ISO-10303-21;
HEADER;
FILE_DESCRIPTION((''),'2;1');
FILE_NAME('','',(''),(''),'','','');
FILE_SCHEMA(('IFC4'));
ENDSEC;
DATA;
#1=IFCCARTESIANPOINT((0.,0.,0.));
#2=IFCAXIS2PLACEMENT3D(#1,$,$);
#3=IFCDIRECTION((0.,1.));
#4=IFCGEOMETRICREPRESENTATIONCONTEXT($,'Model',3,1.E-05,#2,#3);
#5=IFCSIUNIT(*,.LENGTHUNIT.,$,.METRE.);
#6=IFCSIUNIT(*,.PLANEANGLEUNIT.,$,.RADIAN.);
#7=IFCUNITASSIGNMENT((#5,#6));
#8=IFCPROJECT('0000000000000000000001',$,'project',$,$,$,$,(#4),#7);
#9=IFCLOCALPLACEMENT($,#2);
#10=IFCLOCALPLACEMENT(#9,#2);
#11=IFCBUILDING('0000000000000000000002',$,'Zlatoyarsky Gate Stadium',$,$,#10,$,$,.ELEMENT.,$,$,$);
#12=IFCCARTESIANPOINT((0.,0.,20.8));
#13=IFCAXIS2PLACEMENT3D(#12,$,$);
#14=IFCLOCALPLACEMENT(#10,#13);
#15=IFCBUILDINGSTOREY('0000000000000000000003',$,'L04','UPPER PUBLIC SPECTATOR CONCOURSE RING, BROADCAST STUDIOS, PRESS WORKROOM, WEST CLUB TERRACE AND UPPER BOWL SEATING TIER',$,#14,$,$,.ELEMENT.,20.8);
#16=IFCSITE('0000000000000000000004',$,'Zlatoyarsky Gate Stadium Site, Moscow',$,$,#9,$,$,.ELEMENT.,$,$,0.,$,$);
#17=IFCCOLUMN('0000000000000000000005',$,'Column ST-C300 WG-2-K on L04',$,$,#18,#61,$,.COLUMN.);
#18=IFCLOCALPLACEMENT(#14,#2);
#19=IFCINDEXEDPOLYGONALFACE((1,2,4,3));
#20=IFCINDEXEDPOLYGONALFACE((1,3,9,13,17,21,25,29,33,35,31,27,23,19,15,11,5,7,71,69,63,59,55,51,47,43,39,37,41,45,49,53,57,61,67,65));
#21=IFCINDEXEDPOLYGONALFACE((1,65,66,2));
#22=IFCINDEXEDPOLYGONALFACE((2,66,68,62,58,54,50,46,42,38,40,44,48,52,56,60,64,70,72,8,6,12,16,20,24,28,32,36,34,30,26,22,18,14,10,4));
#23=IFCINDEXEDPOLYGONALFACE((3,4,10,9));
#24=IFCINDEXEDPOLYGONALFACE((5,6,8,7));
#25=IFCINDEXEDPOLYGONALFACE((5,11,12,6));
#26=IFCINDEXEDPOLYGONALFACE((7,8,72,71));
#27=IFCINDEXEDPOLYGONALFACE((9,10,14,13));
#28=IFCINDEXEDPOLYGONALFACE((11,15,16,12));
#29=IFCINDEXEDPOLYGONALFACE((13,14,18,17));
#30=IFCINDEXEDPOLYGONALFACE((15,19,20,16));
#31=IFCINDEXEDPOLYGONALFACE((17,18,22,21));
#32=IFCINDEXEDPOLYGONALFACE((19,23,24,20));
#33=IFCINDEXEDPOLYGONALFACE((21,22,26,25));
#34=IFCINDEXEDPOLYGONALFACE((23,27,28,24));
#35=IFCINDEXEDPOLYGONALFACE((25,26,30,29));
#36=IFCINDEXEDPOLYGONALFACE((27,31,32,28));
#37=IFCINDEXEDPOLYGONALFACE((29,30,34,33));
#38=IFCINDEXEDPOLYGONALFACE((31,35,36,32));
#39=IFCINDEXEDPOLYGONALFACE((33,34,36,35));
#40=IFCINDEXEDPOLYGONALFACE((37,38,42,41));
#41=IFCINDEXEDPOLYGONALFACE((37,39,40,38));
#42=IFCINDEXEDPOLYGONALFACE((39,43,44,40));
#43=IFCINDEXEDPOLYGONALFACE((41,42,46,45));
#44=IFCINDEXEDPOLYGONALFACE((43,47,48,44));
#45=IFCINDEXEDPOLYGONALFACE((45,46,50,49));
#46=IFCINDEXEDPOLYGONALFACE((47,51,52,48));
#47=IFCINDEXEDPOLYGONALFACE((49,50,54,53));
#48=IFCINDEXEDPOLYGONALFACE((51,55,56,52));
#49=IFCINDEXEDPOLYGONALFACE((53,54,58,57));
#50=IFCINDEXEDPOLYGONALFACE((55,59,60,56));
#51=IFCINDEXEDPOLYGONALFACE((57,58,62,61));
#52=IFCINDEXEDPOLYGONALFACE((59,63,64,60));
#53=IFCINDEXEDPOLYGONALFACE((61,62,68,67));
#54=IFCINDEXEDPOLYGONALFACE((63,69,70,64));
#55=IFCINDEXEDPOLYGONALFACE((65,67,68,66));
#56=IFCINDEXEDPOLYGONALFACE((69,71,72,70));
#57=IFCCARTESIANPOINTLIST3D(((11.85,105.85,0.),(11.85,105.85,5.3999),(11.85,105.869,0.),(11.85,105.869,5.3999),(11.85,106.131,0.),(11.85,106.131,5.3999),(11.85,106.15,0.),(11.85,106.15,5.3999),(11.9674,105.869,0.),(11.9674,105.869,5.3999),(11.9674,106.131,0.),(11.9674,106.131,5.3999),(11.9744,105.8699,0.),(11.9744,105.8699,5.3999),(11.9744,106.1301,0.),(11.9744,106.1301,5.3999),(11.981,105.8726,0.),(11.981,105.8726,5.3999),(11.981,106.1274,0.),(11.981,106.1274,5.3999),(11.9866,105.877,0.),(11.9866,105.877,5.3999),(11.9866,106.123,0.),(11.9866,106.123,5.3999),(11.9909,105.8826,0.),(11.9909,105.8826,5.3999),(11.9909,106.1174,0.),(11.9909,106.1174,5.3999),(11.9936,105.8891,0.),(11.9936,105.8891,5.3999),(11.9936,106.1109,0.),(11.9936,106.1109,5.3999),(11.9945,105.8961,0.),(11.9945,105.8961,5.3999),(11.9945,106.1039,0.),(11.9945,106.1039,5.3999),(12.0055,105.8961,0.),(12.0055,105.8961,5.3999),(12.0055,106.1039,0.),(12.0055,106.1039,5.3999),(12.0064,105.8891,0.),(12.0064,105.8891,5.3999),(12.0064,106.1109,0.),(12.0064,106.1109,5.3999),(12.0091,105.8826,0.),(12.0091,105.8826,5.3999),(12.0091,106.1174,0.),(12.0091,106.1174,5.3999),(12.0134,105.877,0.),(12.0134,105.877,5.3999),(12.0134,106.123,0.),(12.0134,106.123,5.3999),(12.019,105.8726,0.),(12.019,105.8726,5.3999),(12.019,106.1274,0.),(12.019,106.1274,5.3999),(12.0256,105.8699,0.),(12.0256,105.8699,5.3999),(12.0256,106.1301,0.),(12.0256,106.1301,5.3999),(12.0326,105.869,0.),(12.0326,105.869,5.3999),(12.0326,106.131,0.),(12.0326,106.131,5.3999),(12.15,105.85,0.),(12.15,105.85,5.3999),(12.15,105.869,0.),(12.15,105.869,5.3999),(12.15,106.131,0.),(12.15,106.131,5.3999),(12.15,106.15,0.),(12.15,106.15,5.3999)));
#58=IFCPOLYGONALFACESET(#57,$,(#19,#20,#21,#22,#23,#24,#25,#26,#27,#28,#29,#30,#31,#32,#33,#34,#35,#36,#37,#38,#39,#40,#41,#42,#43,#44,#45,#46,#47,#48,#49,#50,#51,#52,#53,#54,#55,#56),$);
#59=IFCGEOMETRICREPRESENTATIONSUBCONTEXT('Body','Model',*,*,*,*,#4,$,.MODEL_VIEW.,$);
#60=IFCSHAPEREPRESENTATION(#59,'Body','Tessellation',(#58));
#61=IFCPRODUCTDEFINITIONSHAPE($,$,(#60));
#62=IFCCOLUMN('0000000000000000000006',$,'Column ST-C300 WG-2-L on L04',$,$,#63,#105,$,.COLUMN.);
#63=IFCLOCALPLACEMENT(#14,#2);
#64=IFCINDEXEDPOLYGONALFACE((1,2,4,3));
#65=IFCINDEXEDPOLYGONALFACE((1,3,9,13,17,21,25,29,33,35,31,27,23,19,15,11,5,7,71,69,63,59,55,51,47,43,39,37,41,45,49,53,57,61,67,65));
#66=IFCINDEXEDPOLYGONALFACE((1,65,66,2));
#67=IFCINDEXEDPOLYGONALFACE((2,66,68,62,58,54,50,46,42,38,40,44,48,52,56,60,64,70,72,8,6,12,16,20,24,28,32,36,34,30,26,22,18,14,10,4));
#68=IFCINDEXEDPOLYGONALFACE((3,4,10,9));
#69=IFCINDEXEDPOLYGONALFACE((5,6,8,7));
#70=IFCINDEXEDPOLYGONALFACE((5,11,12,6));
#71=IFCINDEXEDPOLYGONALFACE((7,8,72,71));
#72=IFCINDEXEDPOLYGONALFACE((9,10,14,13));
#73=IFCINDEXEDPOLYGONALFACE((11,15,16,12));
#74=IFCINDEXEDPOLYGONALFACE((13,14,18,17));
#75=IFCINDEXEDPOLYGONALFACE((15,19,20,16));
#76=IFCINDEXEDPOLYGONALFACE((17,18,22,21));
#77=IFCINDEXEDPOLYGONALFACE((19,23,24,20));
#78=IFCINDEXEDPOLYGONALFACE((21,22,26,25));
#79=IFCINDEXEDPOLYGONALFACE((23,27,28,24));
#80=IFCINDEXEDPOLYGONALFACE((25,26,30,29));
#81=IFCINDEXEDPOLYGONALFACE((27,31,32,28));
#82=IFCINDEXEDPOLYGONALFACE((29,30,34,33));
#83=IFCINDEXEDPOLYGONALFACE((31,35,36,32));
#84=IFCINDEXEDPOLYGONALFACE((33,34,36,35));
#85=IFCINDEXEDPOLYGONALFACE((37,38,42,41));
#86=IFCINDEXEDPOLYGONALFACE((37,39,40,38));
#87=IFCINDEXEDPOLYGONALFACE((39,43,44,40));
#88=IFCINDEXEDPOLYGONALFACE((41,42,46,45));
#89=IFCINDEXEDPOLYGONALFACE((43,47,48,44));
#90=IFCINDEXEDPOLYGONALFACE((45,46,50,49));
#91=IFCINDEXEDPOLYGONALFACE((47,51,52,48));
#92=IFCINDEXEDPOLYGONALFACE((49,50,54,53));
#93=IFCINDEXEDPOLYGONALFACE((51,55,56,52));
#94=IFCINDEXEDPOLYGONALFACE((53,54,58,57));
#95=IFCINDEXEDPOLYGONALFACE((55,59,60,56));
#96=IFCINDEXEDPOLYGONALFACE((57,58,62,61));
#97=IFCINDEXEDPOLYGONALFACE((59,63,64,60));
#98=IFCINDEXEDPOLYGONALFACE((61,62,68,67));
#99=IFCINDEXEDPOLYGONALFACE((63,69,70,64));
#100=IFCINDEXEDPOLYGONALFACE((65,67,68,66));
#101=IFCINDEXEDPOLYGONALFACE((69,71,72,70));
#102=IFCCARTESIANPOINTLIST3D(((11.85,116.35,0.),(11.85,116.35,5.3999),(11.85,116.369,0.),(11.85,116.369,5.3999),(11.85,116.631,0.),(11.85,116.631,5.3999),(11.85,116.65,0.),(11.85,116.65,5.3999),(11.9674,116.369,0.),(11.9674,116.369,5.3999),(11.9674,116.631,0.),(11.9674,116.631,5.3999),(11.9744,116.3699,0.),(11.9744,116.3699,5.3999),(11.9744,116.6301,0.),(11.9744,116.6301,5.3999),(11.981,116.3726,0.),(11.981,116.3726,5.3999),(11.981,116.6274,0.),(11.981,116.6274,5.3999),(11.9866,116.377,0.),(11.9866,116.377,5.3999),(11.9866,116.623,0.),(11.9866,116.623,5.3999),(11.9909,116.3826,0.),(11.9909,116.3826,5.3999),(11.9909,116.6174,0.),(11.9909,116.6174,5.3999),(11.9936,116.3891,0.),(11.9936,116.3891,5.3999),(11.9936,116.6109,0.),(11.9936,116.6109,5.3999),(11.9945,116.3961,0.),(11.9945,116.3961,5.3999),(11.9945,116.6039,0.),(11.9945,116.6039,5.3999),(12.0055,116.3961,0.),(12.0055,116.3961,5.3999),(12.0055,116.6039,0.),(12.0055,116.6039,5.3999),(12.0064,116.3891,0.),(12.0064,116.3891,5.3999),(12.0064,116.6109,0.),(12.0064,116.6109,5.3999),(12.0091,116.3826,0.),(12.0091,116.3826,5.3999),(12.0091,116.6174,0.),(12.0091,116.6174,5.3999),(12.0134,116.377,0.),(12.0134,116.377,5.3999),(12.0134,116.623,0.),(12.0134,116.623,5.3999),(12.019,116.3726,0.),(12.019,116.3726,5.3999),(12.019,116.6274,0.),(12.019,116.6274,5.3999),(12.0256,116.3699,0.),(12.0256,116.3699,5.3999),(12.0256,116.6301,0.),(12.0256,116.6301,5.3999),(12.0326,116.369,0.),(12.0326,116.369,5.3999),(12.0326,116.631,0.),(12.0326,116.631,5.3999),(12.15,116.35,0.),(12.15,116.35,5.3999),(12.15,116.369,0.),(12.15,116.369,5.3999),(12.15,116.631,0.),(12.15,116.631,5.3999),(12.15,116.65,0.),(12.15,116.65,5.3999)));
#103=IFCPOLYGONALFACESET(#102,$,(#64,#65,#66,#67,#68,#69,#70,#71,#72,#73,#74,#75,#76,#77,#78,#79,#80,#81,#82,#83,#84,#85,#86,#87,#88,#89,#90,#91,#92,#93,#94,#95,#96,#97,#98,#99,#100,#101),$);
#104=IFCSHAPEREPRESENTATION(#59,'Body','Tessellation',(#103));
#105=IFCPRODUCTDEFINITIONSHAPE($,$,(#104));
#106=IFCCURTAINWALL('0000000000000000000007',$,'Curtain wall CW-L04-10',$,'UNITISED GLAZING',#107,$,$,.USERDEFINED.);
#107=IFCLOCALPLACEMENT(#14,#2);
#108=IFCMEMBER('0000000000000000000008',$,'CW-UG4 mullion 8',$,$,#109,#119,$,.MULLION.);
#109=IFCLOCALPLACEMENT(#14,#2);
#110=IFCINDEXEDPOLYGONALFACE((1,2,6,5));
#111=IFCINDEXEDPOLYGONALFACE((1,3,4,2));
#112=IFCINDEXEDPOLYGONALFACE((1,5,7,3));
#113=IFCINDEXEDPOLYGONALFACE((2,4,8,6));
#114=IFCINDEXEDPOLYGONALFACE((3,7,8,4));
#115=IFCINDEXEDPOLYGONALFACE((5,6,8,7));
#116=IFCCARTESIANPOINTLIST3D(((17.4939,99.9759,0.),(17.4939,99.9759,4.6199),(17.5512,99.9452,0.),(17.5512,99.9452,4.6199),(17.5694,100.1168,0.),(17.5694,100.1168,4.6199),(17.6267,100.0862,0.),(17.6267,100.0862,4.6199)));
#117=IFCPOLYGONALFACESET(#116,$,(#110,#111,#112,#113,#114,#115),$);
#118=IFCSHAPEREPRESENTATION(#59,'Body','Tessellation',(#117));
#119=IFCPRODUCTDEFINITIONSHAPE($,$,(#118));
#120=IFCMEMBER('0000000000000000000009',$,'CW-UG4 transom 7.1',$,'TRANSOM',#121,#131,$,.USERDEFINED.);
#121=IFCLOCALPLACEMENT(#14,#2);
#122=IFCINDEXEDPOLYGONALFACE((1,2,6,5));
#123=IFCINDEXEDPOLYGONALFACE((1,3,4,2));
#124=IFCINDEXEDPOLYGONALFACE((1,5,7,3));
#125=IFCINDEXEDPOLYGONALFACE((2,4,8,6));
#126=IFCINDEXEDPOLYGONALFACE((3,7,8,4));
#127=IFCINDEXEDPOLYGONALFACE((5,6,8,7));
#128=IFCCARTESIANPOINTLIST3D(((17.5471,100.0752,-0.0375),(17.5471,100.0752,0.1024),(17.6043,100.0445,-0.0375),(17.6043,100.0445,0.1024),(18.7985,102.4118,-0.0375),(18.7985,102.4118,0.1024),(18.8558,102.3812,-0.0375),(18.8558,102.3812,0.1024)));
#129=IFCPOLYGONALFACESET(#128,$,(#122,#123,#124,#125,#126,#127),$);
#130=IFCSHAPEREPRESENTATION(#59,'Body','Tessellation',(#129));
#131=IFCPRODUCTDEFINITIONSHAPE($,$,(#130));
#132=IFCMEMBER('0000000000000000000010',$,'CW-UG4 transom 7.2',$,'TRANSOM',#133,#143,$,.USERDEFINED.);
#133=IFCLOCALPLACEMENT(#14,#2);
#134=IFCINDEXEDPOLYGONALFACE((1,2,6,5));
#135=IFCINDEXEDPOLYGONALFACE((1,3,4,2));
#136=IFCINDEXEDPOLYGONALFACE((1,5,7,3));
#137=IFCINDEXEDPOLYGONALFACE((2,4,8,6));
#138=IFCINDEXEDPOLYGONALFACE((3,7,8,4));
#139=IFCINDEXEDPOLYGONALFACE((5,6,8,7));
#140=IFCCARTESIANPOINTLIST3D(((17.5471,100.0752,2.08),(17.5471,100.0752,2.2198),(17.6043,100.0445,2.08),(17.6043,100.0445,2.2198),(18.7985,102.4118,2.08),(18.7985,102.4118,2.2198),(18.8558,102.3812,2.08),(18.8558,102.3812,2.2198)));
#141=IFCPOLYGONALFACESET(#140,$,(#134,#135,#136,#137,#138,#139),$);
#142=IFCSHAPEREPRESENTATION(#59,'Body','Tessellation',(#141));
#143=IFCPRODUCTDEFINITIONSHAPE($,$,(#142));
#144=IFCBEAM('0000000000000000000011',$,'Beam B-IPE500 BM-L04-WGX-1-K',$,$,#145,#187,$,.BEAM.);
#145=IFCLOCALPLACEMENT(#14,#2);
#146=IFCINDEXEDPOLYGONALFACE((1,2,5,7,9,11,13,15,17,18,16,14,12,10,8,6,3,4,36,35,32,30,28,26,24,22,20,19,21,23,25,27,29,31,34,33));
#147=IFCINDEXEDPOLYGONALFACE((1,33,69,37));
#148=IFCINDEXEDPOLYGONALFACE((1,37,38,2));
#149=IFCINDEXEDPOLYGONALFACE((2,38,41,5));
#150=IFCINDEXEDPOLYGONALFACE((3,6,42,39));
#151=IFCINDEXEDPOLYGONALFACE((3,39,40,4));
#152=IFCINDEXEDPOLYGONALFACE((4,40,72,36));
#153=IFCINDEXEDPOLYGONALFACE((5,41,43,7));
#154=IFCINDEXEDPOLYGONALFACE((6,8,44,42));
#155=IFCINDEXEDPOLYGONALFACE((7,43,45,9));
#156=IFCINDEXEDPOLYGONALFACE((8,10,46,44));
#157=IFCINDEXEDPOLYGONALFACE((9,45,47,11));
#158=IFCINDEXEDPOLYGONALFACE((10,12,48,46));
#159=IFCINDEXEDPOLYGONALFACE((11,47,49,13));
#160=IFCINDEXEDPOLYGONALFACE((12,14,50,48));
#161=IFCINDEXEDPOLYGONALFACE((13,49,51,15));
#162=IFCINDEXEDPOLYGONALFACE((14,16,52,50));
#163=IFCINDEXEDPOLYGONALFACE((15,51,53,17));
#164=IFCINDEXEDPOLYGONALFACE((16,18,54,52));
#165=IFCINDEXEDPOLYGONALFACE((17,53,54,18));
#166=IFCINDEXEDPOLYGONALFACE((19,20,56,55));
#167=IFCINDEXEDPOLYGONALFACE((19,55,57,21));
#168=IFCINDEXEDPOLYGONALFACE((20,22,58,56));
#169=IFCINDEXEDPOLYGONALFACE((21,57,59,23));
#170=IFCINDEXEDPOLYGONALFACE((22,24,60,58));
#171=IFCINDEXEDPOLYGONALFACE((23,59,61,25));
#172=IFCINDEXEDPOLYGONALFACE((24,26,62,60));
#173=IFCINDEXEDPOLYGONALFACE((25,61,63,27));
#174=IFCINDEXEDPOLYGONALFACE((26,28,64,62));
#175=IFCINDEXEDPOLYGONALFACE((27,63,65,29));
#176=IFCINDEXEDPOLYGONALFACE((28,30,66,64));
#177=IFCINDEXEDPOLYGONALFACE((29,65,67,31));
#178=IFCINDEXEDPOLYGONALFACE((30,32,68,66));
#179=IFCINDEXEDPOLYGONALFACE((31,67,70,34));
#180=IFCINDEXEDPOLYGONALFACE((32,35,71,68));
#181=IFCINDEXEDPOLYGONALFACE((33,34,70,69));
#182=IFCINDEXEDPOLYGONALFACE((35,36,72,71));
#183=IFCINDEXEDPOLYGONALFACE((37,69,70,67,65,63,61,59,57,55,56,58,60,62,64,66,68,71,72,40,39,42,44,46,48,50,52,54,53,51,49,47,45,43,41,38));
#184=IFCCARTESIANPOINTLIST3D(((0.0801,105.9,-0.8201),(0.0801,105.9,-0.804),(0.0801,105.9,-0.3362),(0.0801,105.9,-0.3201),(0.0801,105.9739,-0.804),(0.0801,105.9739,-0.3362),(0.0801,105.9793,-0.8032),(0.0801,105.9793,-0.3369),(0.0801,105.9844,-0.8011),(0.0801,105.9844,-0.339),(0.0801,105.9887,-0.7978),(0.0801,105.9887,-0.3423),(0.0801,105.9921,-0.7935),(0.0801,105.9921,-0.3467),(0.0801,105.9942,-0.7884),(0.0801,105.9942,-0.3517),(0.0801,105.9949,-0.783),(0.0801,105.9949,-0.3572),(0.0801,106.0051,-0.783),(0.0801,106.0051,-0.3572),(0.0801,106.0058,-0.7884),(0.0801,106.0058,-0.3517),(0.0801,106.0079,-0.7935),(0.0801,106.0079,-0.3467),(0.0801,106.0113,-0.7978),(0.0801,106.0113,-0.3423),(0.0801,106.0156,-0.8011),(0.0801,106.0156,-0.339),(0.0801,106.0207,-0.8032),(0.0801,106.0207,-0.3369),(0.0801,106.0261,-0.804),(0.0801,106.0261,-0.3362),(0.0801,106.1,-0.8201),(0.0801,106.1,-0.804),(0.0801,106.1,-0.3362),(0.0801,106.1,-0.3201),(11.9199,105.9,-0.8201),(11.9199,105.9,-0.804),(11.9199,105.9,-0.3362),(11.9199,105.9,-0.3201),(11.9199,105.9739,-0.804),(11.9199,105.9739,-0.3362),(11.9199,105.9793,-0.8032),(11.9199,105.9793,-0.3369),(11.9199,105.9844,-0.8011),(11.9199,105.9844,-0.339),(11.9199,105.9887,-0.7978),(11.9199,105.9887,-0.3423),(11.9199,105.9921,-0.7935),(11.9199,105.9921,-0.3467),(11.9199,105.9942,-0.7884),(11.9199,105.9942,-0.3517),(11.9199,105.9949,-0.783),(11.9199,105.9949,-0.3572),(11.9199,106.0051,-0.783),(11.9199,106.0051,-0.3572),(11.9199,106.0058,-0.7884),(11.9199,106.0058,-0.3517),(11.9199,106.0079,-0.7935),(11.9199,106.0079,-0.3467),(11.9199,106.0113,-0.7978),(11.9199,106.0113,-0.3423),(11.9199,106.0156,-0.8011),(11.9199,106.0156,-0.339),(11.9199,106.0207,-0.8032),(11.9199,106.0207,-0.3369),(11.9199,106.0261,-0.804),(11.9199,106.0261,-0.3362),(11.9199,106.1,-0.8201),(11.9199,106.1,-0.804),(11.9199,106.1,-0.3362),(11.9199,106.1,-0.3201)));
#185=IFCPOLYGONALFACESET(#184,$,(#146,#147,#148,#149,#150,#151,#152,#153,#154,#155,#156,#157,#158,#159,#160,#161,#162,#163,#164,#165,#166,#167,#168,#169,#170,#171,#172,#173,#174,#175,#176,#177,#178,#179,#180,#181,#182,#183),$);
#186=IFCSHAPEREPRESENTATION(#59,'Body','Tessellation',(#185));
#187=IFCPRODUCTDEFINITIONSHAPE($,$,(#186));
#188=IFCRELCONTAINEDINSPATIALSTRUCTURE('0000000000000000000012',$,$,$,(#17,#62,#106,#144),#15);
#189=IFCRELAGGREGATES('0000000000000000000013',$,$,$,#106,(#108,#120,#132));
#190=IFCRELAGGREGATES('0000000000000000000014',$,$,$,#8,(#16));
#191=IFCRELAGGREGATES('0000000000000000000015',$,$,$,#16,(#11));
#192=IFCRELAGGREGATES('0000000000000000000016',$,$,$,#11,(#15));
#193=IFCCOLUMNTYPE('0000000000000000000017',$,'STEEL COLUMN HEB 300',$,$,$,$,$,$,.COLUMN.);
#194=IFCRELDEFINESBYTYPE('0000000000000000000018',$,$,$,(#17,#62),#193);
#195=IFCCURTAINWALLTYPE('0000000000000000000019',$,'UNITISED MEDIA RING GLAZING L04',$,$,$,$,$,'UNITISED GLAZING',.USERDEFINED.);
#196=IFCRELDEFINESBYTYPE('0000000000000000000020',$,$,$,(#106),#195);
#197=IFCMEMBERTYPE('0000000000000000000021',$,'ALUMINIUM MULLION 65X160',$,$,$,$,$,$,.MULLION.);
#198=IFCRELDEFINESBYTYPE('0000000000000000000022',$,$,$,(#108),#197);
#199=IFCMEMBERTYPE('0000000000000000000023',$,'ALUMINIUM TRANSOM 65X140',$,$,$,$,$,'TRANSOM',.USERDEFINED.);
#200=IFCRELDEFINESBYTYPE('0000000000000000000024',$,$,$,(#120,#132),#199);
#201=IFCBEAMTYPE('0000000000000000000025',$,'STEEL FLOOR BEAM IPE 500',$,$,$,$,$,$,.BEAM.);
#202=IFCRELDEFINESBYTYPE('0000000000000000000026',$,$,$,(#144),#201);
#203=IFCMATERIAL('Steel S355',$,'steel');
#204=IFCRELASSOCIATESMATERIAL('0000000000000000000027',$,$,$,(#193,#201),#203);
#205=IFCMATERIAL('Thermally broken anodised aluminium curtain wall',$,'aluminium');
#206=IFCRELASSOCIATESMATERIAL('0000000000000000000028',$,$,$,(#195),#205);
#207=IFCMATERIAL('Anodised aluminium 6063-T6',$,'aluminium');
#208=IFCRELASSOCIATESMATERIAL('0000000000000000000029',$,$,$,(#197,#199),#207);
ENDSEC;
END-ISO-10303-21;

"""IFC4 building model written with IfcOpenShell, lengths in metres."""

from ifc_helpers import new_model, si_unit, direction, frame, origin, origin_2d, place, context, subcontext, project, spatial, rectangle, i_section, extrude, material, material_profile, profile_set, type_object, element, aggregate, save


model = new_model("IFC4")

# Units and contexts
model_context = context("Model", 3, precision=1e-05, world=origin(), true_north=direction((0.0, 1.0)))
body_context = subcontext(model_context, "Body", "Model", "MODEL_VIEW")
ifc_project = project(units=[si_unit("LENGTHUNIT", "METRE"), si_unit("PLANEANGLEUNIT", "RADIAN")], contexts=[model_context])

# Site, building, storey
site_placement = place(None, origin())
site = spatial("IfcSite", under=ifc_project, at=site_placement, Name="Zlatoyarsky Gate Stadium Site, Moscow", CompositionType="ELEMENT", RefElevation=0.0)
building_placement = place(site_placement, origin())
building = spatial("IfcBuilding", under=site, at=building_placement, Name="Zlatoyarsky Gate Stadium", CompositionType="ELEMENT")
storey_placement = place(building_placement, frame((0.0, 0.0, 20.8)))
storey = spatial("IfcBuildingStorey", under=building, at=storey_placement, Name="L04", Description="UPPER PUBLIC SPECTATOR CONCOURSE RING, BROADCAST STUDIOS, PRESS WORKROOM, WEST CLUB TERRACE AND UPPER BOWL SEATING TIER", CompositionType="ELEMENT", Elevation=20.8)

# Columns
ifc_material_1 = material(Name="Steel S355", Category="steel")
ifc_material_profile_1 = material_profile(ifc_material_1, i_section(OverallWidth=0.3, OverallDepth=0.3, WebThickness=0.011, FlangeThickness=0.019, FilletRadius=0.0271, at=origin_2d()), Name="HEB 300")
ifc_profile_set_1 = profile_set([ifc_material_profile_1], Name="Steel S355")
column_type = type_object("IfcColumnType", Name="STEEL COLUMN HEB 300", PredefinedType="COLUMN", material=ifc_profile_set_1)
for number, where, z_axis, x_axis, name in (
    (1, (12.0, 106.0, 0.0), (0.0, 0.0, 1.0), (1.0, 0.0, 0.0), "Column ST-C300 WG-2-K on L04"),
    (2, (12.0, 116.5, 0.0), (0.0, 0.0, 1.0), (1.0, 0.0, 0.0), "Column ST-C300 WG-2-L on L04"),
):
    element("IfcColumn", number, at=place(storey_placement, frame(where, z_axis=z_axis, x_axis=x_axis)), inside=storey, type_object=column_type, Name=name, PredefinedType="COLUMN", context=body_context, shape_type="SweptSolid", body=[
        extrude(i_section(OverallWidth=0.3, OverallDepth=0.3, WebThickness=0.011, FlangeThickness=0.019, FilletRadius=0.0271, at=origin_2d()), origin(), (0.0, 0.0, 1.0), 5.3999),
    ])

# Curtain wall, members
ifc_material_2 = material(Name="Thermally broken anodised aluminium curtain wall", Category="aluminium")
curtain_wall_type = type_object("IfcCurtainWallType", Name="UNITISED MEDIA RING GLAZING L04", ElementType="UNITISED GLAZING", PredefinedType="USERDEFINED", material=ifc_material_2)
curtain_wall_placement = place(storey_placement, origin())
curtain_wall = element("IfcCurtainWall", 3, at=curtain_wall_placement, inside=storey, type_object=curtain_wall_type, Name="Curtain wall CW-L04-10", ObjectType="UNITISED GLAZING", PredefinedType="USERDEFINED")
ifc_material_3 = material(Name="Anodised aluminium 6063-T6", Category="aluminium")
ifc_material_profile_2 = material_profile(ifc_material_3, rectangle(XDim=0.0649, YDim=0.1599, at=origin_2d()), Name="ALU 65X160")
ifc_profile_set_2 = profile_set([ifc_material_profile_2], Name="Anodised aluminium 6063-T6")
member_type_1 = type_object("IfcMemberType", Name="ALUMINIUM MULLION 65X160", PredefinedType="MULLION", material=ifc_profile_set_2)
member_1_placement = place(storey_placement, frame((17.5603, 100.031, 0.0), z_axis=(0.0, 0.0, 1.0), x_axis=(0.881521, -0.472145, 0.0)))
member_1 = element("IfcMember", 4, at=member_1_placement, type_object=member_type_1, Name="CW-UG4 mullion 8", PredefinedType="MULLION", context=body_context, shape_type="SweptSolid", body=[
    extrude(rectangle(XDim=0.0649, YDim=0.1599, at=origin_2d()), origin(), (0.0, 0.0, 1.0), 4.6199),
])
ifc_material_profile_3 = material_profile(ifc_material_3, rectangle(XDim=0.0649, YDim=0.1399, at=origin_2d()), Name="ALU 65X140")
ifc_profile_set_3 = profile_set([ifc_material_profile_3], Name="Anodised aluminium 6063-T6")
member_type_2 = type_object("IfcMemberType", Name="ALUMINIUM TRANSOM 65X140", ElementType="TRANSOM", PredefinedType="USERDEFINED", material=ifc_profile_set_3)
member_2_placement = place(storey_placement, frame((18.8271, 102.3965, 0.0325), z_axis=(-0.472127, -0.881531, 0.0), x_axis=(0.881531, -0.472127, 0.0)))
member_2 = element("IfcMember", 5, at=member_2_placement, type_object=member_type_2, Name="CW-UG4 transom 7.1", ObjectType="TRANSOM", PredefinedType="USERDEFINED", context=body_context, shape_type="SweptSolid", body=[
    extrude(rectangle(XDim=0.0649, YDim=0.1399, at=origin_2d()), origin(), (0.0, 0.0, 1.0), 2.6506),
])
member_3_placement = place(storey_placement, frame((18.8271, 102.3965, 2.1499), z_axis=(-0.472127, -0.881531, 0.0), x_axis=(0.881531, -0.472127, 0.0)))
member_3 = element("IfcMember", 6, at=member_3_placement, type_object=member_type_2, Name="CW-UG4 transom 7.2", ObjectType="TRANSOM", PredefinedType="USERDEFINED", context=body_context, shape_type="SweptSolid", body=[
    extrude(rectangle(XDim=0.0649, YDim=0.1399, at=origin_2d()), origin(), (0.0, 0.0, 1.0), 2.6506),
])

# Beam
ifc_material_profile_4 = material_profile(ifc_material_1, i_section(OverallWidth=0.2, OverallDepth=0.5, WebThickness=0.0103, FlangeThickness=0.0161, FilletRadius=0.021, at=origin_2d()), Name="IPE 500")
ifc_profile_set_4 = profile_set([ifc_material_profile_4], Name="Steel S355")
beam_type_1 = type_object("IfcBeamType", Name="STEEL FLOOR BEAM IPE 500", PredefinedType="BEAM", material=ifc_profile_set_4)
for number, where, z_axis, x_axis, name in (
    (7, (0.0801, 106.0, -0.5701), (1.0, 0.0, 0.0), (0.0, 1.0, 0.0), "Beam B-IPE500 BM-L04-WGX-1-K"),
):
    element("IfcBeam", number, at=place(storey_placement, frame(where, z_axis=z_axis, x_axis=x_axis)), inside=storey, type_object=beam_type_1, Name=name, PredefinedType="BEAM", context=body_context, shape_type="SweptSolid", body=[
        extrude(i_section(OverallWidth=0.2, OverallDepth=0.5, WebThickness=0.0103, FlangeThickness=0.0161, FilletRadius=0.021, at=origin_2d()), origin(), (0.0, 0.0, 1.0), 11.8398),
    ])

aggregate(curtain_wall, [member_1, member_2, member_3])

save(model, "model.ifc")
